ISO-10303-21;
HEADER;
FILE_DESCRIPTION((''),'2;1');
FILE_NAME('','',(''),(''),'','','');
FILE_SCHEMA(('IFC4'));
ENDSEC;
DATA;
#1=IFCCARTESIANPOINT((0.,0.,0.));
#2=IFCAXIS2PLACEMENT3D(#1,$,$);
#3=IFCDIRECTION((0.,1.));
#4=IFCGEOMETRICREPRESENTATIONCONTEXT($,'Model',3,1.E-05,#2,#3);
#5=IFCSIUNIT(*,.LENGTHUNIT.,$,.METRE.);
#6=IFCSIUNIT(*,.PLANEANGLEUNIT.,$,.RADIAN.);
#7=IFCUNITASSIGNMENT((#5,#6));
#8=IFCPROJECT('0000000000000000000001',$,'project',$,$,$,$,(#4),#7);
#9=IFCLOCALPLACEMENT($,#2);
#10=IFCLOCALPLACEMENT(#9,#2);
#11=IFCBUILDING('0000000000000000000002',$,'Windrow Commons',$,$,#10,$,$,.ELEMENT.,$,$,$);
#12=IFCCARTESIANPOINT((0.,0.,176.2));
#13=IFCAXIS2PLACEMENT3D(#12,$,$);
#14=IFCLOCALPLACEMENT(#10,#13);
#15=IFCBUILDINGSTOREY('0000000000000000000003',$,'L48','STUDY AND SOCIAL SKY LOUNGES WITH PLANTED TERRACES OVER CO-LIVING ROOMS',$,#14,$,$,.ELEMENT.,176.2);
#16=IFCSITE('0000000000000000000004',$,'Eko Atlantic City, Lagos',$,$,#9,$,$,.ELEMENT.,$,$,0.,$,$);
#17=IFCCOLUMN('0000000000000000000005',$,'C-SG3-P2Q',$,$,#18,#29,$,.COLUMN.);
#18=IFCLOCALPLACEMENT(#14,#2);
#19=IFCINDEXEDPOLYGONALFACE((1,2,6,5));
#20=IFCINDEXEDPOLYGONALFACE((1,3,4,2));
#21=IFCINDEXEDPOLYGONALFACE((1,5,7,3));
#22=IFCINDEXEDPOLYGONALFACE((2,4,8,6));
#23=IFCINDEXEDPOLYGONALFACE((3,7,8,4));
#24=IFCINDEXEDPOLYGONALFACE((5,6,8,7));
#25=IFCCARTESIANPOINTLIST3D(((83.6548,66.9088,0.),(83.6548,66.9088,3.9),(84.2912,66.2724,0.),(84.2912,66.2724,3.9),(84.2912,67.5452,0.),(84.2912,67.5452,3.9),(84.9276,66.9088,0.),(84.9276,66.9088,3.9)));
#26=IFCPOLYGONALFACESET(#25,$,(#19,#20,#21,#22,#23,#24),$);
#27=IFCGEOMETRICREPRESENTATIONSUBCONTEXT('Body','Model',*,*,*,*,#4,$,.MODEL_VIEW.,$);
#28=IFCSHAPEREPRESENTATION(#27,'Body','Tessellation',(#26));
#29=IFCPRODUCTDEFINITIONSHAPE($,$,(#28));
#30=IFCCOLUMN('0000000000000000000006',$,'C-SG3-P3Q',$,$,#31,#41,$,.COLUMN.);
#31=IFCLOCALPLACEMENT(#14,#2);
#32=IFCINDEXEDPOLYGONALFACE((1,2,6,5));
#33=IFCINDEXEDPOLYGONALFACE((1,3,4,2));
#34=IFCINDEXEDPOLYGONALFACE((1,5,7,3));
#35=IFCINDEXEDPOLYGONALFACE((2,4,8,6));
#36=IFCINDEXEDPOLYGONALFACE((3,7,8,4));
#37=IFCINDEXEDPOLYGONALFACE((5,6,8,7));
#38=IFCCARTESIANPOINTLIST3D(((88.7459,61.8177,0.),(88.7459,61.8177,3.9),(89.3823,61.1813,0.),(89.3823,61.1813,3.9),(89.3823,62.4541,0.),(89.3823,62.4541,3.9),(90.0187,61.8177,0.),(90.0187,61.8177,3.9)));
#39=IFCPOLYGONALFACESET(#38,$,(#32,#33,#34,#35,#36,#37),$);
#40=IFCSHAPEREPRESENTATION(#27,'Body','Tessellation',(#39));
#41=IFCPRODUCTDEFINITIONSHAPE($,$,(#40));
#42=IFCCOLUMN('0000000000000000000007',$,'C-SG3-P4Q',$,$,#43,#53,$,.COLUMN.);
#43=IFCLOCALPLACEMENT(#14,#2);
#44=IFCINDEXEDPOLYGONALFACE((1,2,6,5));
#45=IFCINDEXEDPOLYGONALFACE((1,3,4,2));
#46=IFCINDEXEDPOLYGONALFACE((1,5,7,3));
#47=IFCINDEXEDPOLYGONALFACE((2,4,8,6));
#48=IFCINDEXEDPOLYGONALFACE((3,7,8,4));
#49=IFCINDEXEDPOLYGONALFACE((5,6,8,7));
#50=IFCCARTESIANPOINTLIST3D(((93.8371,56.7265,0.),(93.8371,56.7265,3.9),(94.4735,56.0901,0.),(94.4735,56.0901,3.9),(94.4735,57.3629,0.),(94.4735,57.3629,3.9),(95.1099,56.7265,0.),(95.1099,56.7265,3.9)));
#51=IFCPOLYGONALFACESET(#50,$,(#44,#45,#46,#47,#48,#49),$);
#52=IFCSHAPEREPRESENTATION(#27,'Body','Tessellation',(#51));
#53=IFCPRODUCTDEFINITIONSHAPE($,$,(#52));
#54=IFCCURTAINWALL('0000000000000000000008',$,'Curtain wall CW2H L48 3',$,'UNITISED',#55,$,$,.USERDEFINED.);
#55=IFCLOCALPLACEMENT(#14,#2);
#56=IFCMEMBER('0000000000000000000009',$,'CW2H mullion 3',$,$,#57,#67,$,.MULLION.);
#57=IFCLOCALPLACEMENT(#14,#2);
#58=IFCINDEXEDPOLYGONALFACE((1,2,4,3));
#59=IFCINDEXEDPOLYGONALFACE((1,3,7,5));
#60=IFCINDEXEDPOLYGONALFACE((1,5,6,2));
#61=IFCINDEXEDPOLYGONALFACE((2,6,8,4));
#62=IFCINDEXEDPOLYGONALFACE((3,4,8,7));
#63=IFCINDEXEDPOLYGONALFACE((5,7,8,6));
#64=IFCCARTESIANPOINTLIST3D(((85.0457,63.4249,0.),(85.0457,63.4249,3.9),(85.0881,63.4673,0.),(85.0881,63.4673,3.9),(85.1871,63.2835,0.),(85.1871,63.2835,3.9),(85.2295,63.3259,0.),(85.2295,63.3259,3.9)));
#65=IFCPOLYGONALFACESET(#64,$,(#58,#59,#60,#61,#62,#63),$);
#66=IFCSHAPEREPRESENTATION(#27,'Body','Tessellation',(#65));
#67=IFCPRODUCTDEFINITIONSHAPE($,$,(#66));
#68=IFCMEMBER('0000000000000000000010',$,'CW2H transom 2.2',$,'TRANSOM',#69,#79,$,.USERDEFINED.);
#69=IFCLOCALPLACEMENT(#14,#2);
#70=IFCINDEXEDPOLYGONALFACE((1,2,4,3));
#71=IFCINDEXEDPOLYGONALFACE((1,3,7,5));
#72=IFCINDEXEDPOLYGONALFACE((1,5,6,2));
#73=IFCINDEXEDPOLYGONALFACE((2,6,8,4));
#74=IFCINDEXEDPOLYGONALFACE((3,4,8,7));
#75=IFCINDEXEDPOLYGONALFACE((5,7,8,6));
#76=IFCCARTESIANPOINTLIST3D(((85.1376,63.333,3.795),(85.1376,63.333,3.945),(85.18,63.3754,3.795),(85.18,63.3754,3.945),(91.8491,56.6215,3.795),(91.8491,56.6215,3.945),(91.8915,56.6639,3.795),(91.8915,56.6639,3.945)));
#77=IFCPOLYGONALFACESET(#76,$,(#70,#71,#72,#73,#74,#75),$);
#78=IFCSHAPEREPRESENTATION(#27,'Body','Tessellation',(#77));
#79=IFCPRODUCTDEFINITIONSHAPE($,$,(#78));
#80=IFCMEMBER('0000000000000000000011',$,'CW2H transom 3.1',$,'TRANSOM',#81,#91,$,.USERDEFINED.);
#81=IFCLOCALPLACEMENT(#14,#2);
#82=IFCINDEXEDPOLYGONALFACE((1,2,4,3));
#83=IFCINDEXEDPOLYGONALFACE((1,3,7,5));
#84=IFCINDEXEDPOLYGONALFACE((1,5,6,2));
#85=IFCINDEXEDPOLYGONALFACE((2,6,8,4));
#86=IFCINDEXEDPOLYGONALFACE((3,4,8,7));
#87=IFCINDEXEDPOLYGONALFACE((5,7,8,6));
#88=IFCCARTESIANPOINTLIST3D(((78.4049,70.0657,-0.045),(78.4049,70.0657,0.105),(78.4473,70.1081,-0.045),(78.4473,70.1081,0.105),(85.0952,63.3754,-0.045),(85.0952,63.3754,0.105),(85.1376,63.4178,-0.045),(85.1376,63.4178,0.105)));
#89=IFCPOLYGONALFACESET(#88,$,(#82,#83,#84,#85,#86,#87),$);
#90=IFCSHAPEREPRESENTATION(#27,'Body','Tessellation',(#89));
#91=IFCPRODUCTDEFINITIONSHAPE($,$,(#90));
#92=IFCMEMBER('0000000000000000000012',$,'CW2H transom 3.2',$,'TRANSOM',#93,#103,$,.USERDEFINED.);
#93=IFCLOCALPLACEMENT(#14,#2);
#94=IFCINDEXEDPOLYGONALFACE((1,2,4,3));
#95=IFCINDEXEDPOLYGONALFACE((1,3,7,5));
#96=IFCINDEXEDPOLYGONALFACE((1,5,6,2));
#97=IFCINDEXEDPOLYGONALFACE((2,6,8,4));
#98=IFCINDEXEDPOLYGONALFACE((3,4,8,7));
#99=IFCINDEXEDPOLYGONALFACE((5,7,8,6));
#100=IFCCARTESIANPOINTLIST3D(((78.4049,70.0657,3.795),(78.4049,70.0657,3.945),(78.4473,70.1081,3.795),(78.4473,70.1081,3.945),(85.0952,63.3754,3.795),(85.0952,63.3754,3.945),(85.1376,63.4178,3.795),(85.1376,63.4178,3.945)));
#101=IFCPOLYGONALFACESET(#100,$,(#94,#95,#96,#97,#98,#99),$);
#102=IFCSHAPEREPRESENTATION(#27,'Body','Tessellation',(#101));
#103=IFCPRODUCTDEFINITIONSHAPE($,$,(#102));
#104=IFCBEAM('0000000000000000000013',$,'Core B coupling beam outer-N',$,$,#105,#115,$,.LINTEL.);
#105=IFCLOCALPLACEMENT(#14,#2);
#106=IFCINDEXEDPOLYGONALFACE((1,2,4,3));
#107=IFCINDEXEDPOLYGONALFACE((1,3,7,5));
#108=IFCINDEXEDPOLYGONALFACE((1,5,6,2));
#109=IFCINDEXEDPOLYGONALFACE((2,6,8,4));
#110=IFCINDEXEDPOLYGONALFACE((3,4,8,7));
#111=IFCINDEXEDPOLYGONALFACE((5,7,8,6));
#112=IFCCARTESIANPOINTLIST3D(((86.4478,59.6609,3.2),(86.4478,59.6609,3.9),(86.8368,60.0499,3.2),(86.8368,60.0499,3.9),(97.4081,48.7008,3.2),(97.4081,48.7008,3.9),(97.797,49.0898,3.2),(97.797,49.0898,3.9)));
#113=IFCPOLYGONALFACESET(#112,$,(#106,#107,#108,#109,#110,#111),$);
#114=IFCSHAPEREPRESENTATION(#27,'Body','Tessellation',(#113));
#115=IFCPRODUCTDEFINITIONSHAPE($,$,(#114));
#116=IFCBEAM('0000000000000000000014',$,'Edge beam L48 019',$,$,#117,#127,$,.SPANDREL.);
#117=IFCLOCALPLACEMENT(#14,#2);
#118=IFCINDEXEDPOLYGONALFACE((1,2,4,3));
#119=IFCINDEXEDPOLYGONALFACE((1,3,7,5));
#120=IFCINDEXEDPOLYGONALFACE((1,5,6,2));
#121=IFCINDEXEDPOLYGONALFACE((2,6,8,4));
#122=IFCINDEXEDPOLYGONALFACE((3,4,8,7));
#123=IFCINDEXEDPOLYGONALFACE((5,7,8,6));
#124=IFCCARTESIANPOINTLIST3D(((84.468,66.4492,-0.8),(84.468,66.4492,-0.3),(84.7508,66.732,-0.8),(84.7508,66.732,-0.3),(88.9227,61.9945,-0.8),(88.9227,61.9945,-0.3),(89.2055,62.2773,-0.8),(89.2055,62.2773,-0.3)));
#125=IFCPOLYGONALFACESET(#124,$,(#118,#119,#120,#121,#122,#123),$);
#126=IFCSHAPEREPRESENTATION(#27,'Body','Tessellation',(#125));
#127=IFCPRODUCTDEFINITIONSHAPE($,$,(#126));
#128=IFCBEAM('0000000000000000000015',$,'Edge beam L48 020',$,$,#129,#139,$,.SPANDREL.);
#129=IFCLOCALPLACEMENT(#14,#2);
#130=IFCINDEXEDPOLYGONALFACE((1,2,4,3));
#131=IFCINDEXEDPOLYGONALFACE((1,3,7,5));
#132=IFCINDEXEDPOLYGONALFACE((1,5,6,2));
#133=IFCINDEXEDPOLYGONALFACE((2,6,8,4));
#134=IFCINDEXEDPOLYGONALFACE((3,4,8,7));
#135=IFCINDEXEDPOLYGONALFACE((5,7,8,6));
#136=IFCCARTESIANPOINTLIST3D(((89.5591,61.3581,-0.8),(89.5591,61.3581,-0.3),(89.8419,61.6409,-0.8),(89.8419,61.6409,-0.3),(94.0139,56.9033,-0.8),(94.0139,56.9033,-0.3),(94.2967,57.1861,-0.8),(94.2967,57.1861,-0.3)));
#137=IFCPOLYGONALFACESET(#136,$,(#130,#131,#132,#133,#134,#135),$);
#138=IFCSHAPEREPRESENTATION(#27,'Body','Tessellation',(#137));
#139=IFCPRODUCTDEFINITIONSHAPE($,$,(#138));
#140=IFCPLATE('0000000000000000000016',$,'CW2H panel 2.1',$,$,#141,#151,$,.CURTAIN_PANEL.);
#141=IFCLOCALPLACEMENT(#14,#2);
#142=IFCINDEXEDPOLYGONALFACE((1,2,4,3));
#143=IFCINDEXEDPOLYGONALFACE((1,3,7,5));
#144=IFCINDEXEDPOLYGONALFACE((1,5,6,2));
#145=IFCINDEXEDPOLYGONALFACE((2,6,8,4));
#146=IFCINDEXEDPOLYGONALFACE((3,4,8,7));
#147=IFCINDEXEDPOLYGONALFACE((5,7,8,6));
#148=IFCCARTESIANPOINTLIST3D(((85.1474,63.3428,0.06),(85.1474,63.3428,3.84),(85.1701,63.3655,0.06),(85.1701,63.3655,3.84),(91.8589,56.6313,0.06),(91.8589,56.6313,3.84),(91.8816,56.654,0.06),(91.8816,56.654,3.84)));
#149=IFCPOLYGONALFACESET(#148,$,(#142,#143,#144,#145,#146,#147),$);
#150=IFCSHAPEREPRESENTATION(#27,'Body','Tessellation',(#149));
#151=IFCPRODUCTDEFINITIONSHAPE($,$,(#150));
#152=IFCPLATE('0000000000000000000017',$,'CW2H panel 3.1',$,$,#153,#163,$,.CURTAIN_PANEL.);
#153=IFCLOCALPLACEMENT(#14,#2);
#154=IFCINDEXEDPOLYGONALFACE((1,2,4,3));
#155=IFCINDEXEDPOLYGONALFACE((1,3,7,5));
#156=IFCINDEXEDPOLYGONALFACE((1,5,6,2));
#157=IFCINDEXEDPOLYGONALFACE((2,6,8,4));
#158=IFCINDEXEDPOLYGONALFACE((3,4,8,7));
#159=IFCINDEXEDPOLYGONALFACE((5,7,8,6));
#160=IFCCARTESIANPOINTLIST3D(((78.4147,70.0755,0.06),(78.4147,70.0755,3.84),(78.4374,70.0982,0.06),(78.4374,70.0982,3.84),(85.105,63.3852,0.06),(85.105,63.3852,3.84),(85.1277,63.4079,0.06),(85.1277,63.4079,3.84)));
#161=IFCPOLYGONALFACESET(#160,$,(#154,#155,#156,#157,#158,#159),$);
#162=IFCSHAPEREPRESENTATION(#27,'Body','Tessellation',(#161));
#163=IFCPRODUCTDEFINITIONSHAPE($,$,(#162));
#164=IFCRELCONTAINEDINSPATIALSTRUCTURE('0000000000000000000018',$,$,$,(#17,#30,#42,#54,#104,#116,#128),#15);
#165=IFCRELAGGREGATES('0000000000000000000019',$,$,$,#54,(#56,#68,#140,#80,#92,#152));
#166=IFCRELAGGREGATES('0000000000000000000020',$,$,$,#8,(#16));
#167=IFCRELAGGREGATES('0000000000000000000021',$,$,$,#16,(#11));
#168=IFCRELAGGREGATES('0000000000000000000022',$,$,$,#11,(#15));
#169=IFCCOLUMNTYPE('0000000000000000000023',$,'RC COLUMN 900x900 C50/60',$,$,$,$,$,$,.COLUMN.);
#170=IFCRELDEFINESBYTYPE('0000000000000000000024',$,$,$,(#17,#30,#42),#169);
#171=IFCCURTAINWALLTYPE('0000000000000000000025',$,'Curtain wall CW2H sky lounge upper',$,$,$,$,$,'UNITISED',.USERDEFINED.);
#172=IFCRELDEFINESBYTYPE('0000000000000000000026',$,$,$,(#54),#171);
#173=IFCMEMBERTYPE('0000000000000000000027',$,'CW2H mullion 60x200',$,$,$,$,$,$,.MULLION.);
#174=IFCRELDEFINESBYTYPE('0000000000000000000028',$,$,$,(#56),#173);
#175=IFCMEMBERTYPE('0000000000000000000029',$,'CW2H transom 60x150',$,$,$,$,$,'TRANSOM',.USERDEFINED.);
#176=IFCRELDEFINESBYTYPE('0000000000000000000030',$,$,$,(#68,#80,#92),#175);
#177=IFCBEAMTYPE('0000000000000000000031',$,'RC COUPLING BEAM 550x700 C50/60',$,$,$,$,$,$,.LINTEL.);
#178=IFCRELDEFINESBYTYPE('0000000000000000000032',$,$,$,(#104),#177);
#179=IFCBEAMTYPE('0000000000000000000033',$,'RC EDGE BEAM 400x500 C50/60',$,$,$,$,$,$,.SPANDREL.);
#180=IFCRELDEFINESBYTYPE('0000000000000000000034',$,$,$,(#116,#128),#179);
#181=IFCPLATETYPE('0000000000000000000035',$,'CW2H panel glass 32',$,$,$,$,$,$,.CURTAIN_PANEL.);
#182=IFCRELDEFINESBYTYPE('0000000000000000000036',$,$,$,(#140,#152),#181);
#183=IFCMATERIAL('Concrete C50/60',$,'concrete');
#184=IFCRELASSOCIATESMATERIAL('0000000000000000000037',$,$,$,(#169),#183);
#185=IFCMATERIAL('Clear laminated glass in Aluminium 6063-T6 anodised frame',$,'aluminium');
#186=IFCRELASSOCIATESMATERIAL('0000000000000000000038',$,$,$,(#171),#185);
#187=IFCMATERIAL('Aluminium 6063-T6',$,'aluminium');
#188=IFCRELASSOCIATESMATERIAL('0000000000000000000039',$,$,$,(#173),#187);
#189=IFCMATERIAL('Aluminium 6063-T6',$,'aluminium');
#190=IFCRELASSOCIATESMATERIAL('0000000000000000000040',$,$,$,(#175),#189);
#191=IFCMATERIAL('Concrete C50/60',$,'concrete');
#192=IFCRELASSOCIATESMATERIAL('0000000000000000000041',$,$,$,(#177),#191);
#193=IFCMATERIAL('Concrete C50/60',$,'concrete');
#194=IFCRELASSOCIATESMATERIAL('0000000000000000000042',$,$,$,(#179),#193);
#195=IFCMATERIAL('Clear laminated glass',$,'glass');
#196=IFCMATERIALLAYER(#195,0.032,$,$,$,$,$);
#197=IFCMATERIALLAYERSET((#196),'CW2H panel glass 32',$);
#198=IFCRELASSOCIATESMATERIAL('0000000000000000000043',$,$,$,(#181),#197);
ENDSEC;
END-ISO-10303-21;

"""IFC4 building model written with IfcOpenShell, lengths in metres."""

from ifc_helpers import new_model, si_unit, direction, frame, origin, origin_2d, place, context, subcontext, project, spatial, rectangle, extrude, material, layer, layer_set, material_profile, profile_set, type_object, element, aggregate, save


model = new_model("IFC4")

# Units and contexts
model_context = context("Model", 3, precision=1e-05, world=origin(), true_north=direction((0.0, 1.0)))
body_context = subcontext(model_context, "Body", "Model", "MODEL_VIEW")
ifc_project = project(units=[si_unit("LENGTHUNIT", "METRE"), si_unit("PLANEANGLEUNIT", "RADIAN")], contexts=[model_context])

# Site, building, storey
site_placement = place(None, origin())
site = spatial("IfcSite", under=ifc_project, at=site_placement, Name="Eko Atlantic City, Lagos", CompositionType="ELEMENT", RefElevation=0.0)
building_placement = place(site_placement, origin())
building = spatial("IfcBuilding", under=site, at=building_placement, Name="Windrow Commons", CompositionType="ELEMENT")
storey_placement = place(building_placement, frame((0.0, 0.0, 176.2)))
storey = spatial("IfcBuildingStorey", under=building, at=storey_placement, Name="L48", Description="STUDY AND SOCIAL SKY LOUNGES WITH PLANTED TERRACES OVER CO-LIVING ROOMS", CompositionType="ELEMENT", Elevation=176.2)

# Columns
ifc_material_1 = material(Name="Concrete C50/60", Category="concrete")
ifc_material_profile_1 = material_profile(ifc_material_1, rectangle(XDim=0.9, YDim=0.9, at=origin_2d()))
ifc_profile_set_1 = profile_set([ifc_material_profile_1], Name="Concrete C50/60")
column_type = type_object("IfcColumnType", Name="RC COLUMN 900x900 C50/60", PredefinedType="COLUMN", material=ifc_profile_set_1)
for number, where, z_axis, x_axis, name in (
    (1, (84.2912, 66.9088, 0.0), (0.0, 0.0, 1.0), (0.707107, -0.707107, 0.0), "C-SG3-P2Q"),
    (2, (89.3823, 61.8177, 0.0), (0.0, 0.0, 1.0), (0.707107, -0.707107, 0.0), "C-SG3-P3Q"),
    (3, (94.4735, 56.7265, 0.0), (0.0, 0.0, 1.0), (0.707107, -0.707107, 0.0), "C-SG3-P4Q"),
):
    element("IfcColumn", number, at=place(storey_placement, frame(where, z_axis=z_axis, x_axis=x_axis)), inside=storey, type_object=column_type, Name=name, PredefinedType="COLUMN", context=body_context, shape_type="SweptSolid", body=[
        extrude(rectangle(XDim=0.9, YDim=0.9, at=origin_2d()), origin(), (0.0, 0.0, 1.0), 3.9),
    ])

# Curtain wall, members
ifc_material_2 = material(Name="Clear laminated glass in Aluminium 6063-T6 anodised frame", Category="aluminium")
curtain_wall_type = type_object("IfcCurtainWallType", Name="Curtain wall CW2H sky lounge upper", ElementType="UNITISED", PredefinedType="USERDEFINED", material=ifc_material_2)
curtain_wall_placement = place(storey_placement, origin())
curtain_wall = element("IfcCurtainWall", 4, at=curtain_wall_placement, inside=storey, type_object=curtain_wall_type, Name="Curtain wall CW2H L48 3", ObjectType="UNITISED", PredefinedType="USERDEFINED")
ifc_material_3 = material(Name="Aluminium 6063-T6", Category="aluminium")
ifc_material_profile_2 = material_profile(ifc_material_3, rectangle(XDim=0.06, YDim=0.2, at=origin_2d()))
ifc_profile_set_2 = profile_set([ifc_material_profile_2], Name="Aluminium 6063-T6")
member_type_1 = type_object("IfcMemberType", Name="CW2H mullion 60x200", PredefinedType="MULLION", material=ifc_profile_set_2)
member_1_placement = place(storey_placement, frame((85.1376, 63.3754, 0.0), z_axis=(0.0, 0.0, 1.0), x_axis=(-0.707107, -0.707107, 0.0)))
member_1 = element("IfcMember", 5, at=member_1_placement, type_object=member_type_1, Name="CW2H mullion 3", PredefinedType="MULLION", context=body_context, shape_type="SweptSolid", body=[
    extrude(rectangle(XDim=0.06, YDim=0.2, at=origin_2d()), origin(), (0.0, 0.0, 1.0), 3.9),
])
ifc_material_4 = material(Name="Aluminium 6063-T6", Category="aluminium")
ifc_material_profile_3 = material_profile(ifc_material_4, rectangle(XDim=0.06, YDim=0.15, at=origin_2d()))
ifc_profile_set_3 = profile_set([ifc_material_profile_3], Name="Aluminium 6063-T6")
member_type_2 = type_object("IfcMemberType", Name="CW2H transom 60x150", ElementType="TRANSOM", PredefinedType="USERDEFINED", material=ifc_profile_set_3)
member_2_placement = place(storey_placement, frame((91.8703, 56.6427, 3.87), z_axis=(-0.707107, 0.707107, 0.0), x_axis=(-0.707107, -0.707107, 0.0)))
member_2 = element("IfcMember", 6, at=member_2_placement, type_object=member_type_2, Name="CW2H transom 2.2", ObjectType="TRANSOM", PredefinedType="USERDEFINED", context=body_context, shape_type="SweptSolid", body=[
    extrude(rectangle(XDim=0.06, YDim=0.15, at=origin_2d()), origin(), (0.0, 0.0, 1.0), 9.4915),
])
member_3_placement = place(storey_placement, frame((85.1164, 63.3966, 0.03), z_axis=(-0.707107, 0.707107, 0.0), x_axis=(-0.707107, -0.707107, 0.0)))
member_3 = element("IfcMember", 7, at=member_3_placement, type_object=member_type_2, Name="CW2H transom 3.1", ObjectType="TRANSOM", PredefinedType="USERDEFINED", context=body_context, shape_type="SweptSolid", body=[
    extrude(rectangle(XDim=0.06, YDim=0.15, at=origin_2d()), origin(), (0.0, 0.0, 1.0), 9.4615),
])
member_4_placement = place(storey_placement, frame((85.1164, 63.3966, 3.87), z_axis=(-0.707107, 0.707107, 0.0), x_axis=(-0.707107, -0.707107, 0.0)))
member_4 = element("IfcMember", 8, at=member_4_placement, type_object=member_type_2, Name="CW2H transom 3.2", ObjectType="TRANSOM", PredefinedType="USERDEFINED", context=body_context, shape_type="SweptSolid", body=[
    extrude(rectangle(XDim=0.06, YDim=0.15, at=origin_2d()), origin(), (0.0, 0.0, 1.0), 9.4615),
])

# Beams
ifc_material_5 = material(Name="Concrete C50/60", Category="concrete")
ifc_material_profile_4 = material_profile(ifc_material_5, rectangle(XDim=0.55, YDim=0.7, at=origin_2d()))
ifc_profile_set_4 = profile_set([ifc_material_profile_4], Name="Concrete C50/60")
beam_type_1 = type_object("IfcBeamType", Name="RC COUPLING BEAM 550x700 C50/60", PredefinedType="LINTEL", material=ifc_profile_set_4)
beam_1_placement = place(storey_placement, frame((86.6423, 59.8554, 3.55), z_axis=(0.70711, -0.707104, 0.0), x_axis=(0.707104, 0.70711, 0.0)))
element("IfcBeam", 9, at=beam_1_placement, inside=storey, type_object=beam_type_1, Name="Core B coupling beam outer-N", PredefinedType="LINTEL", context=body_context, shape_type="SweptSolid", body=[
    extrude(rectangle(XDim=0.55, YDim=0.7, at=origin_2d()), origin(), (0.0, 0.0, 1.0), 15.5),
])
ifc_material_6 = material(Name="Concrete C50/60", Category="concrete")
ifc_material_profile_5 = material_profile(ifc_material_6, rectangle(XDim=0.4, YDim=0.5, at=origin_2d()))
ifc_profile_set_5 = profile_set([ifc_material_profile_5], Name="Concrete C50/60")
beam_type_2 = type_object("IfcBeamType", Name="RC EDGE BEAM 400x500 C50/60", PredefinedType="SPANDREL", material=ifc_profile_set_5)
beam_2_placement = place(storey_placement, frame((84.6094, 66.5906, -0.55), z_axis=(0.707107, -0.707107, 0.0), x_axis=(0.707107, 0.707107, 0.0)))
element("IfcBeam", 10, at=beam_2_placement, inside=storey, type_object=beam_type_2, Name="Edge beam L48 019", PredefinedType="SPANDREL", context=body_context, shape_type="SweptSolid", body=[
    extrude(rectangle(XDim=0.4, YDim=0.5, at=origin_2d()), origin(), (0.0, 0.0, 1.0), 6.2999),
])
beam_3_placement = place(storey_placement, frame((89.7005, 61.4995, -0.55), z_axis=(0.707107, -0.707107, 0.0), x_axis=(0.707107, 0.707107, 0.0)))
element("IfcBeam", 11, at=beam_3_placement, inside=storey, type_object=beam_type_2, Name="Edge beam L48 020", PredefinedType="SPANDREL", context=body_context, shape_type="SweptSolid", body=[
    extrude(rectangle(XDim=0.4, YDim=0.5, at=origin_2d()), origin(), (0.0, 0.0, 1.0), 6.3),
])

# Plates
ifc_material_7 = material(Name="Clear laminated glass", Category="glass")
ifc_layer_1 = layer(ifc_material_7, 0.032)
ifc_layer_set_1 = layer_set([ifc_layer_1], Name="CW2H panel glass 32")
plate_type = type_object("IfcPlateType", Name="CW2H panel glass 32", PredefinedType="CURTAIN_PANEL", material=ifc_layer_set_1)
plate_1_placement = place(storey_placement, frame((88.5145, 59.9984, 0.06), z_axis=(0.0, 0.0, 1.0), x_axis=(-0.707107, 0.707107, 0.0)))
plate_1 = element("IfcPlate", 12, at=plate_1_placement, type_object=plate_type, Name="CW2H panel 2.1", PredefinedType="CURTAIN_PANEL", context=body_context, shape_type="SweptSolid", body=[
    extrude(rectangle(XDim=9.4915, YDim=0.032, at=origin_2d()), origin(), (0.0, 0.0, 1.0), 3.78),
])
plate_2_placement = place(storey_placement, frame((81.7712, 66.7417, 0.06), z_axis=(0.0, 0.0, 1.0), x_axis=(-0.707107, 0.707107, 0.0)))
plate_2 = element("IfcPlate", 13, at=plate_2_placement, type_object=plate_type, Name="CW2H panel 3.1", PredefinedType="CURTAIN_PANEL", context=body_context, shape_type="SweptSolid", body=[
    extrude(rectangle(XDim=9.4615, YDim=0.032, at=origin_2d()), origin(), (0.0, 0.0, 1.0), 3.78),
])
aggregate(curtain_wall, [member_1, member_2, plate_1, member_3, member_4, plate_2])

save(model, "model.ifc")
